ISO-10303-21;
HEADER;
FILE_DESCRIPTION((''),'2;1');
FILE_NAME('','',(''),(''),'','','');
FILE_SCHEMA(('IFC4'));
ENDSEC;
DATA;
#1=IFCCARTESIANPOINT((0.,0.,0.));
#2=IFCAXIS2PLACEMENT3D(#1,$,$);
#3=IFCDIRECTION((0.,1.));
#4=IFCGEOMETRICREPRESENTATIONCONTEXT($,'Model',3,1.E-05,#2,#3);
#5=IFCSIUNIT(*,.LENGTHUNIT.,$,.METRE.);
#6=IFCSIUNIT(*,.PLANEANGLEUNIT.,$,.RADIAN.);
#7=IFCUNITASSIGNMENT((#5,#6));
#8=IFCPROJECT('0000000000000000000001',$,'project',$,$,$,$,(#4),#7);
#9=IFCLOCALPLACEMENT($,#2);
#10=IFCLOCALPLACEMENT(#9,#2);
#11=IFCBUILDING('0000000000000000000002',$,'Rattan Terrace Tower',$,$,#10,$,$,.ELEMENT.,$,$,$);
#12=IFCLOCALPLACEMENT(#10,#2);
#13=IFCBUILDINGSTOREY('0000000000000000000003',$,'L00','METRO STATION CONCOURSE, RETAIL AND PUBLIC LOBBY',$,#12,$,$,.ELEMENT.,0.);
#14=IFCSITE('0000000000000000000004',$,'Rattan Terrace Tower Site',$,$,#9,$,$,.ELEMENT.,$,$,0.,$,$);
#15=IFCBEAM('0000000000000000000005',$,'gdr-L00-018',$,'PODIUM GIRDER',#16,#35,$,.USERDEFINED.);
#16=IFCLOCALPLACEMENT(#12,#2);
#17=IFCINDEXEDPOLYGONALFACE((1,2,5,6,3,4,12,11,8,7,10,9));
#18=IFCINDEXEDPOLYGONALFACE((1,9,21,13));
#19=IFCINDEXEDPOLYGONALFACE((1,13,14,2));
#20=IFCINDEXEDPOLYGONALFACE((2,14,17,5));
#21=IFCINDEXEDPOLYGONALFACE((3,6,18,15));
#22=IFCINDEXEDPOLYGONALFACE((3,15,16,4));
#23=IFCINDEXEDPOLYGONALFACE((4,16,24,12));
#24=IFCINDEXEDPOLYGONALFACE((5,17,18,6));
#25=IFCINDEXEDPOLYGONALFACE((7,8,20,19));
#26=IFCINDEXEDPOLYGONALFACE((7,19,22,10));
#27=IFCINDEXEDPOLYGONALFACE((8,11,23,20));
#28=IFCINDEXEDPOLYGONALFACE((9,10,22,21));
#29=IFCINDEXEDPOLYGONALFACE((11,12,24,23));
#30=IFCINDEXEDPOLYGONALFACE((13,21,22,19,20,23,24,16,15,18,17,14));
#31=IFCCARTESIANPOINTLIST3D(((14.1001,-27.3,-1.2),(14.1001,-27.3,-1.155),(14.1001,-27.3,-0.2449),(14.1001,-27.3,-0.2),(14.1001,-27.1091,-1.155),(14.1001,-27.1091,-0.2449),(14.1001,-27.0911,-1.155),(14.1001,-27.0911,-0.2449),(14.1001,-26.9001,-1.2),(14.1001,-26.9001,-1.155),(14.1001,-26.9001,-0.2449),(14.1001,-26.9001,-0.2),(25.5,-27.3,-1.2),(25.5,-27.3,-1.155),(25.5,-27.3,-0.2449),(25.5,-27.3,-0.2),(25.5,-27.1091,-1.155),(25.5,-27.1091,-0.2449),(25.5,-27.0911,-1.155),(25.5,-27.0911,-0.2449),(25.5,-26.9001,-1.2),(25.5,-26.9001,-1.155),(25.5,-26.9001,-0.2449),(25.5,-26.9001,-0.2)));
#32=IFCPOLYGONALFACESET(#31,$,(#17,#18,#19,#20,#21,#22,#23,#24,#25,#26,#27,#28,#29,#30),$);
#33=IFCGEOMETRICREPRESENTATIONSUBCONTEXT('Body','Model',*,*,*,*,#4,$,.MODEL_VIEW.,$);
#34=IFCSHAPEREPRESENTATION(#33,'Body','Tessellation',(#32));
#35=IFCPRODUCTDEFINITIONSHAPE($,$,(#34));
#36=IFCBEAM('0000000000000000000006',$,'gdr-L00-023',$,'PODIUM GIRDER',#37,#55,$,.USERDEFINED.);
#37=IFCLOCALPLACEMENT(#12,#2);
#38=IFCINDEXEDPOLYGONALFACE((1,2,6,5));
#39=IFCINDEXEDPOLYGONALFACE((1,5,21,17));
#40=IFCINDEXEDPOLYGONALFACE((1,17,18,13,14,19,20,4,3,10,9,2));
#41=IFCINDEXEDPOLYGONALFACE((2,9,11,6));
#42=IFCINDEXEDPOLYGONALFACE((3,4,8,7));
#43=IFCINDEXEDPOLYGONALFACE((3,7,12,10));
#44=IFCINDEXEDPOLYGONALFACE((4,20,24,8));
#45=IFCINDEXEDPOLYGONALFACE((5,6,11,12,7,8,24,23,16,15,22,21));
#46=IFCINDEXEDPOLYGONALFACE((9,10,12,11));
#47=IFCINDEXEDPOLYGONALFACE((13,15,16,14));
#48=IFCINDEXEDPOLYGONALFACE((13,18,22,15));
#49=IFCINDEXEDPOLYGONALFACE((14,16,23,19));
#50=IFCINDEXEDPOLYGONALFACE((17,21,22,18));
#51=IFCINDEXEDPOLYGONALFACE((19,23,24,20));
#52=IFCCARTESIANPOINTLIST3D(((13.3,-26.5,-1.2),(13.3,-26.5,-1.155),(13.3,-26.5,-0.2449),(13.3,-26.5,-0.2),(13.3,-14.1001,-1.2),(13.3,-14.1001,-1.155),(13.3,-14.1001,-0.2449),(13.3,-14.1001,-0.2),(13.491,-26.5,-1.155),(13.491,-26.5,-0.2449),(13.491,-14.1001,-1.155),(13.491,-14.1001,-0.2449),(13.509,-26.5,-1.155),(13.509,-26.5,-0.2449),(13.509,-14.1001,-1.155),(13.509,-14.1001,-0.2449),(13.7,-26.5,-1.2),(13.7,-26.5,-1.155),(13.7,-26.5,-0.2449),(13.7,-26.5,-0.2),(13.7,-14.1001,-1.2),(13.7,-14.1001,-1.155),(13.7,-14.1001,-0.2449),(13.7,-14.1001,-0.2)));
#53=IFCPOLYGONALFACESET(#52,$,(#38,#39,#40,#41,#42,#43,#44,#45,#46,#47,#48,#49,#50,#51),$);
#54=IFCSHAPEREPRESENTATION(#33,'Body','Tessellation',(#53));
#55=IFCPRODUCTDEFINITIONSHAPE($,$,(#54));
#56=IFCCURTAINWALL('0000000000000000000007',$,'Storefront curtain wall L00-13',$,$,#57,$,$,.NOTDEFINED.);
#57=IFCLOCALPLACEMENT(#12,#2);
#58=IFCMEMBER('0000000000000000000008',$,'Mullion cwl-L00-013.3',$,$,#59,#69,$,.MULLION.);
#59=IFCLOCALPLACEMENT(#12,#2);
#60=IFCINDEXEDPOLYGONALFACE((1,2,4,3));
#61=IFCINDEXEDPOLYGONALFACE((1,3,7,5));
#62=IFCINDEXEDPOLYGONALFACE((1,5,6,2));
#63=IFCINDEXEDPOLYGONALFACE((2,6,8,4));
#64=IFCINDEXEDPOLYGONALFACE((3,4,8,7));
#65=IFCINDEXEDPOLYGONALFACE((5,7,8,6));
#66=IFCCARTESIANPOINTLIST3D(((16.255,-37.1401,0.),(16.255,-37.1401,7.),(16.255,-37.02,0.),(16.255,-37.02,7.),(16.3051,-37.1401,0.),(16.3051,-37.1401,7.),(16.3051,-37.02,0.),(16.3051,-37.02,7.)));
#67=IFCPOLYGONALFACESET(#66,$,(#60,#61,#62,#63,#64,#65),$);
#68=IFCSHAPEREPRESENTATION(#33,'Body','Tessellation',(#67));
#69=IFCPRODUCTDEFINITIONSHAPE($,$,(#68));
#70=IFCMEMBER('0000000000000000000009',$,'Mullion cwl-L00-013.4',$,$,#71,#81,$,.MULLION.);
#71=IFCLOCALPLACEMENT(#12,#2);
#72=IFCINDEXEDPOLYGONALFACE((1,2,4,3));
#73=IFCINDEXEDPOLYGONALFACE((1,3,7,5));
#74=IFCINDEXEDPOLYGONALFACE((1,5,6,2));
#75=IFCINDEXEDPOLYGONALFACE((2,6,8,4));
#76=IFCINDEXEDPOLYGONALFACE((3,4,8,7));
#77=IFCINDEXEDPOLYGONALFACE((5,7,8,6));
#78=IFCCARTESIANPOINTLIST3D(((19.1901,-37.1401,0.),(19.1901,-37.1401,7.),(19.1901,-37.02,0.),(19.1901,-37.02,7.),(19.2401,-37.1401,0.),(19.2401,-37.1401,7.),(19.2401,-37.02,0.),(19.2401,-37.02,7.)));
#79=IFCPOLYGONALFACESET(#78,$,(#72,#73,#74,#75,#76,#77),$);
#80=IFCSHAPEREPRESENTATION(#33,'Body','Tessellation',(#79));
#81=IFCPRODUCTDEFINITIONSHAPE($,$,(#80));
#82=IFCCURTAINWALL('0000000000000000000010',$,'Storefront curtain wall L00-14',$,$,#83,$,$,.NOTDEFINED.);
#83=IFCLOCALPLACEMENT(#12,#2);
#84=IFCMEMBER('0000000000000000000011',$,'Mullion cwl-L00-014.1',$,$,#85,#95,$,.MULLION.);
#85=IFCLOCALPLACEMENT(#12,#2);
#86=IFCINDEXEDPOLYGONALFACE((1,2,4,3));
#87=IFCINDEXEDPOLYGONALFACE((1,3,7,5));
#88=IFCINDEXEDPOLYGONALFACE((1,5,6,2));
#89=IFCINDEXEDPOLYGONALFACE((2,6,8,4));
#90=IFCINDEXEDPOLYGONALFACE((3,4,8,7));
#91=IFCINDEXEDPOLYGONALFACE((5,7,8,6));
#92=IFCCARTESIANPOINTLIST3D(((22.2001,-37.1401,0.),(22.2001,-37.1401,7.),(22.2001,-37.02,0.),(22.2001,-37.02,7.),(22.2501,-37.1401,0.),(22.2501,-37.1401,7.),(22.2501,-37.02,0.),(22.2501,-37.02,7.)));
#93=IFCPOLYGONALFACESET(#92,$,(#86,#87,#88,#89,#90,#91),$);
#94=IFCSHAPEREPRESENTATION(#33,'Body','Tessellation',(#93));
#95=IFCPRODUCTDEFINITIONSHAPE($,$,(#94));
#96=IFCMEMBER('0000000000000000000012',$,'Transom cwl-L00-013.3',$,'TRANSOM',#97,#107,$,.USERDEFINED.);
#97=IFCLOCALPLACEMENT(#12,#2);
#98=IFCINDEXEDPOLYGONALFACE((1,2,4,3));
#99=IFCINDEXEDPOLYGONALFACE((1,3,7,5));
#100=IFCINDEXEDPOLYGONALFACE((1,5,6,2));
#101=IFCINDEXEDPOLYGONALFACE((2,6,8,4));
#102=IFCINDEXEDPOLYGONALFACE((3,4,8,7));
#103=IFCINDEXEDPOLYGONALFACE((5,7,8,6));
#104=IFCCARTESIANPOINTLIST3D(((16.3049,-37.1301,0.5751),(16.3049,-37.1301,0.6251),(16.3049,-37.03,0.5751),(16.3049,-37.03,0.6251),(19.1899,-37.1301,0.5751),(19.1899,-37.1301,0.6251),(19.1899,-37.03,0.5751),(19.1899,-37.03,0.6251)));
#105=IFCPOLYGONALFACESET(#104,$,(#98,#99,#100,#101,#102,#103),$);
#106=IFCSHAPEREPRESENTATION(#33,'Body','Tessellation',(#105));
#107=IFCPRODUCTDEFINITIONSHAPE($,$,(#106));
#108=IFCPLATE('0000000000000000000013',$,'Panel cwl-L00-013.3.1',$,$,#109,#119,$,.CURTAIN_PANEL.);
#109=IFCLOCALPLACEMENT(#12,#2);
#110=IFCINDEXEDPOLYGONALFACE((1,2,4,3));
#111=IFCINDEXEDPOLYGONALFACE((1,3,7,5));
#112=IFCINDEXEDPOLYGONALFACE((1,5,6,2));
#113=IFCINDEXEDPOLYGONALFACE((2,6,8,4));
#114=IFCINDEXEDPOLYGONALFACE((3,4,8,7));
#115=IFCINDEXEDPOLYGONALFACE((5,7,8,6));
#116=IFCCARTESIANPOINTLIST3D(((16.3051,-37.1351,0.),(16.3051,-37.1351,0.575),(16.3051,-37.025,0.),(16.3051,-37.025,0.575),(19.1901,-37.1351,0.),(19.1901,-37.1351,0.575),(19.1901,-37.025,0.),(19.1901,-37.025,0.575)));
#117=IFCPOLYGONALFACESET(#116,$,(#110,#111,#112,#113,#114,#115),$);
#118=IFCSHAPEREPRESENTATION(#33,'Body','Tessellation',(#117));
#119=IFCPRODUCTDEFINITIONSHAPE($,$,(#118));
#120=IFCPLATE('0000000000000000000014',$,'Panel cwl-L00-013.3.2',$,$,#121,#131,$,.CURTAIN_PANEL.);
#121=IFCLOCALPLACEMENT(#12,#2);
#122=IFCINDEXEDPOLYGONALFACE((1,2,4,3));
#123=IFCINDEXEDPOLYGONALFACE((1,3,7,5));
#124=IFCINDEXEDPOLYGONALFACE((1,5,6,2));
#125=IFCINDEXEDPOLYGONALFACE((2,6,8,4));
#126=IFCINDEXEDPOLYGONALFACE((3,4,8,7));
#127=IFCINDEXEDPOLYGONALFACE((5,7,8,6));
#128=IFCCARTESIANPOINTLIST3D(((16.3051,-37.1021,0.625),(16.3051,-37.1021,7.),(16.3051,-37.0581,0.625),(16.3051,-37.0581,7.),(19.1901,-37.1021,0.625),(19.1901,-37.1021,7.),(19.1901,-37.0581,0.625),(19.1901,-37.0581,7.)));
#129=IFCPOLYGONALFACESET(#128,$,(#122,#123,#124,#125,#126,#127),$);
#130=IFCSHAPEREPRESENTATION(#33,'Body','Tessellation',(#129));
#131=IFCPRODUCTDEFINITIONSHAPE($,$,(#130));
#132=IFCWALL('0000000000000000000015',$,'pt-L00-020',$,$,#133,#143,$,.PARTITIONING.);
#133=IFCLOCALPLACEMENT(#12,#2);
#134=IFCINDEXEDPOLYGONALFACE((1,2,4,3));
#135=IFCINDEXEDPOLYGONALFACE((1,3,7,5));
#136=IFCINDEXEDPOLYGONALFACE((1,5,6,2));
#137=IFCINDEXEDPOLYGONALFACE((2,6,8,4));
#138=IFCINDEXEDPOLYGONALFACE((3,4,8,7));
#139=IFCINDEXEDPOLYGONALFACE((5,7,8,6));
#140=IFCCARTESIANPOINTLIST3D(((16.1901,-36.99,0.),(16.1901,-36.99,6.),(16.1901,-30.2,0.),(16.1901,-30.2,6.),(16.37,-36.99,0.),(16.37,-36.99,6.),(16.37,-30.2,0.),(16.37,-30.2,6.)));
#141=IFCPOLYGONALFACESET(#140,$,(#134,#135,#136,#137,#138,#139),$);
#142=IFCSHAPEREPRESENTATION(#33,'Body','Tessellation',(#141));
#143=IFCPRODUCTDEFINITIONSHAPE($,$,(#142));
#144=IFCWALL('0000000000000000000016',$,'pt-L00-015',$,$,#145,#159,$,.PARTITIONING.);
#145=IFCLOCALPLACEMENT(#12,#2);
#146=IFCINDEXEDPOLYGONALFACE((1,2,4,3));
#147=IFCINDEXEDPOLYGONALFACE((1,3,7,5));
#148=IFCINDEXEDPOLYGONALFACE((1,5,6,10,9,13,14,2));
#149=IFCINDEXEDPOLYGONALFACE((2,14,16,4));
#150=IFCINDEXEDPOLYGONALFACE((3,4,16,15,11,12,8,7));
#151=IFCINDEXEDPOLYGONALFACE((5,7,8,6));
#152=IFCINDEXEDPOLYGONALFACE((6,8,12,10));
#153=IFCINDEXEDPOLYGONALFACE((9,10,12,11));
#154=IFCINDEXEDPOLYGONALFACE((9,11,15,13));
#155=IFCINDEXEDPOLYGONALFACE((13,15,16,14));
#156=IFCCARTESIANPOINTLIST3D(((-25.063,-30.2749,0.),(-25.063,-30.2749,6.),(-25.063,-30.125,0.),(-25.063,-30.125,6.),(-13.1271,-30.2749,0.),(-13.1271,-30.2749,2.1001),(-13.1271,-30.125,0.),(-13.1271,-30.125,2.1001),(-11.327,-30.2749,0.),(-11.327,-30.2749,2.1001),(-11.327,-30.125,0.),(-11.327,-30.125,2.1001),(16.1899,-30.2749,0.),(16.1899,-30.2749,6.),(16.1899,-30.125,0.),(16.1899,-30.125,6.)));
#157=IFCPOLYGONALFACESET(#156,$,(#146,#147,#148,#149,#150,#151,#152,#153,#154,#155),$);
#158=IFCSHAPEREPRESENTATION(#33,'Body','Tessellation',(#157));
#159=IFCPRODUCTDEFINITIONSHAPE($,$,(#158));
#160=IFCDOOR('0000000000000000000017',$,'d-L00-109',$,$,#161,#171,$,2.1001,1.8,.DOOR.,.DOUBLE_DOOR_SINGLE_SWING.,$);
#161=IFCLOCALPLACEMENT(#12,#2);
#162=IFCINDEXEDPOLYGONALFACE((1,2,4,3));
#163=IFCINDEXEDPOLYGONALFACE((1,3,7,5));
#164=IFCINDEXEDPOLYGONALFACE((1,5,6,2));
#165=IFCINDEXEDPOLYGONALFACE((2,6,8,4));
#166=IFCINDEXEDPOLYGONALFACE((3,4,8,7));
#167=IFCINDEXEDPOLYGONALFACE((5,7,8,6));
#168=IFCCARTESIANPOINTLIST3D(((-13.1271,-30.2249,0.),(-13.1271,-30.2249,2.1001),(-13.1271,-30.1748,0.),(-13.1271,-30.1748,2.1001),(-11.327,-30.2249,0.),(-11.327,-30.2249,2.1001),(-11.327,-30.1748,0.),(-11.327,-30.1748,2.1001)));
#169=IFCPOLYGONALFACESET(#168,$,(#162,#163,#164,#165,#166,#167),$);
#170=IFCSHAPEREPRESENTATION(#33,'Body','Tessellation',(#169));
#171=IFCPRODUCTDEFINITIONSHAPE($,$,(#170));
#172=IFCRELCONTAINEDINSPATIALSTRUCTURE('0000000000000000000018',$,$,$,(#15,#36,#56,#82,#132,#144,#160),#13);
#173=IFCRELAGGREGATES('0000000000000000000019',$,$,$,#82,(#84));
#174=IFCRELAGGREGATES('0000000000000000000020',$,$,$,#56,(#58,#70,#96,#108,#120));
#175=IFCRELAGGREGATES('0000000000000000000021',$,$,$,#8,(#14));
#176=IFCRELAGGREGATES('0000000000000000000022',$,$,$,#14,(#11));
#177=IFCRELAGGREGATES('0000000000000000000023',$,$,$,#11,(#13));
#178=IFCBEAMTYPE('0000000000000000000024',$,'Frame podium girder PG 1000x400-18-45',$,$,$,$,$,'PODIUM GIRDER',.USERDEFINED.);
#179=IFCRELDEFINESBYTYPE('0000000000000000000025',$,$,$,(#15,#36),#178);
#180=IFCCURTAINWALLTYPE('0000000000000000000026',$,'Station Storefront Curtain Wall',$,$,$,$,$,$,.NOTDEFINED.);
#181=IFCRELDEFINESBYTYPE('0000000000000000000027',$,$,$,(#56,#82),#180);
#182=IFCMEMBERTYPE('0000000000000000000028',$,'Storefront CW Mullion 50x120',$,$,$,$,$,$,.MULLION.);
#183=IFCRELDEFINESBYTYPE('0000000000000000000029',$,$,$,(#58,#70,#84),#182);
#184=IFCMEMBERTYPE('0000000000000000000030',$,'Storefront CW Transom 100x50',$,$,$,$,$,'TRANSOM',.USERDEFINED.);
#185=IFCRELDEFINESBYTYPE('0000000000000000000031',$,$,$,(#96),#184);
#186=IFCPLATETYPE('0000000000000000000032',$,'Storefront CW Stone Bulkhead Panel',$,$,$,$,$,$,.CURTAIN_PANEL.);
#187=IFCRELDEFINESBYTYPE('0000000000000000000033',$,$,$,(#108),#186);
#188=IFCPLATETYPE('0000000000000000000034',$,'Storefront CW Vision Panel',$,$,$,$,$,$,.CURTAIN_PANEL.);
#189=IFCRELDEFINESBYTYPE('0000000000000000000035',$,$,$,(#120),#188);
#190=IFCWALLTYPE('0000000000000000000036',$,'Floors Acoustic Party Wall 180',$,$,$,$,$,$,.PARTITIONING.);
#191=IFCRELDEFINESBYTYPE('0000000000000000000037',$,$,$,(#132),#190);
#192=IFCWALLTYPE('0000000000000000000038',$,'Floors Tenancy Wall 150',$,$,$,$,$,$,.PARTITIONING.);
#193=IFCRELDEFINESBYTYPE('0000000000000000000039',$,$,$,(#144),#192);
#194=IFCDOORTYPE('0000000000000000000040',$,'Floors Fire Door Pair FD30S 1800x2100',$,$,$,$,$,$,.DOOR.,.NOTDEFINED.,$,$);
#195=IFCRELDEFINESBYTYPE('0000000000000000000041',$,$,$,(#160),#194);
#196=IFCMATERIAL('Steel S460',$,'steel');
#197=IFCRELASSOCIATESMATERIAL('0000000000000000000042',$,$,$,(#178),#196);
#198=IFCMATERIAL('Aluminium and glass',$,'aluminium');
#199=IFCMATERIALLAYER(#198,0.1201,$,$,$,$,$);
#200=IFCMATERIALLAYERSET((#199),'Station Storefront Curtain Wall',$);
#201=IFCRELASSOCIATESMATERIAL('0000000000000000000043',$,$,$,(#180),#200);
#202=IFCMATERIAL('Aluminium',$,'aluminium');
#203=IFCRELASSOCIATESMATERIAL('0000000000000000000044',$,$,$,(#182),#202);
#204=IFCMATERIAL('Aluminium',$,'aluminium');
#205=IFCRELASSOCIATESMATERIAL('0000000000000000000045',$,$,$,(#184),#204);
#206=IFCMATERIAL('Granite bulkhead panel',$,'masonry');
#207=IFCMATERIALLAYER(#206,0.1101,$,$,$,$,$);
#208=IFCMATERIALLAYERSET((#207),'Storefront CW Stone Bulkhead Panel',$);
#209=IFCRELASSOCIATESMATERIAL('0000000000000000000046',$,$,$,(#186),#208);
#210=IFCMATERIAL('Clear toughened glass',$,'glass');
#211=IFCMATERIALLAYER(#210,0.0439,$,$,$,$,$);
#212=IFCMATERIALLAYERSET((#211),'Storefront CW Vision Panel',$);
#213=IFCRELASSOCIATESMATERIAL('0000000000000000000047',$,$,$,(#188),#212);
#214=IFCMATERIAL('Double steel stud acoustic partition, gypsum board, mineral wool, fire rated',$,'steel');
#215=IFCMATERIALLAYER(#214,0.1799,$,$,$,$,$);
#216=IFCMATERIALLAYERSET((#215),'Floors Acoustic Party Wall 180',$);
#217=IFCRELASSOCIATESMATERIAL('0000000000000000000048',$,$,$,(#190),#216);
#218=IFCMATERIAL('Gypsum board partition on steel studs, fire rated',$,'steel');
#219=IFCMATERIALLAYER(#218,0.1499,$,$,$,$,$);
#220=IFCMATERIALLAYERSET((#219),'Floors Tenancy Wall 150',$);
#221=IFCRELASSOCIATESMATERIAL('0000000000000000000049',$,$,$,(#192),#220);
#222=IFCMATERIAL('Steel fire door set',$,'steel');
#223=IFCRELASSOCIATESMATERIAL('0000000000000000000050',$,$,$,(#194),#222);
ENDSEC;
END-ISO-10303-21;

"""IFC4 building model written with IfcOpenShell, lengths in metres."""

from ifc_helpers import new_model, si_unit, direction, frame, frame_2d, origin, origin_2d, place, context, subcontext, project, spatial, rectangle, i_section, extrude, material, layer, layer_set, material_profile, profile_set, type_object, element, fill, aggregate, save


model = new_model("IFC4")

# Units and contexts
model_context = context("Model", 3, precision=1e-05, world=origin(), true_north=direction((0.0, 1.0)))
body_context = subcontext(model_context, "Body", "Model", "MODEL_VIEW")
ifc_project = project(units=[si_unit("LENGTHUNIT", "METRE"), si_unit("PLANEANGLEUNIT", "RADIAN")], contexts=[model_context])

# Site, building, storey
site_placement = place(None, origin())
site = spatial("IfcSite", under=ifc_project, at=site_placement, Name="Rattan Terrace Tower Site", CompositionType="ELEMENT", RefElevation=0.0)
building_placement = place(site_placement, origin())
building = spatial("IfcBuilding", under=site, at=building_placement, Name="Rattan Terrace Tower", CompositionType="ELEMENT")
storey_placement = place(building_placement, origin())
storey = spatial("IfcBuildingStorey", under=building, at=storey_placement, Name="L00", Description="METRO STATION CONCOURSE, RETAIL AND PUBLIC LOBBY", CompositionType="ELEMENT", Elevation=0.0)

# Beams
ifc_material_1 = material(Name="Steel S460", Category="steel")
ifc_material_profile_1 = material_profile(ifc_material_1, i_section(OverallWidth=0.3999, OverallDepth=1.0, WebThickness=0.0181, FlangeThickness=0.0449, at=origin_2d()), Name="PG 1000x400-18-45")
ifc_profile_set_1 = profile_set([ifc_material_profile_1], Name="Steel S460")
beam_type_1 = type_object("IfcBeamType", Name="Frame podium girder PG 1000x400-18-45", ElementType="PODIUM GIRDER", PredefinedType="USERDEFINED", material=ifc_profile_set_1)
beam_1_placement = place(storey_placement, frame((14.1001, -27.1001, -0.7), z_axis=(1.0, 0.0, 0.0), x_axis=(0.0, 1.0, 0.0)))
element("IfcBeam", 1, at=beam_1_placement, inside=storey, type_object=beam_type_1, Name="gdr-L00-018", ObjectType="PODIUM GIRDER", PredefinedType="USERDEFINED", context=body_context, shape_type="SweptSolid", body=[
    extrude(i_section(OverallWidth=0.3999, OverallDepth=1.0, WebThickness=0.0181, FlangeThickness=0.0449, at=origin_2d()), origin(), (0.0, 0.0, 1.0), 11.3999),
])
beam_2_placement = place(storey_placement, frame((13.5, -26.5, -0.7), z_axis=(0.0, 1.0, 0.0), x_axis=(-1.0, 0.0, 0.0)))
element("IfcBeam", 2, at=beam_2_placement, inside=storey, type_object=beam_type_1, Name="gdr-L00-023", ObjectType="PODIUM GIRDER", PredefinedType="USERDEFINED", context=body_context, shape_type="SweptSolid", body=[
    extrude(i_section(OverallWidth=0.3999, OverallDepth=1.0, WebThickness=0.0181, FlangeThickness=0.0449, at=origin_2d()), origin(), (0.0, 0.0, 1.0), 12.3999),
])

# Curtain wall, members
ifc_material_2 = material(Name="Aluminium and glass", Category="aluminium")
ifc_layer_1 = layer(ifc_material_2, 0.1201)
ifc_layer_set_1 = layer_set([ifc_layer_1], Name="Station Storefront Curtain Wall")
curtain_wall_type = type_object("IfcCurtainWallType", Name="Station Storefront Curtain Wall", PredefinedType="NOTDEFINED", material=ifc_layer_set_1)
curtain_wall_1_placement = place(storey_placement, origin())
curtain_wall_1 = element("IfcCurtainWall", 3, at=curtain_wall_1_placement, inside=storey, type_object=curtain_wall_type, Name="Storefront curtain wall L00-13", PredefinedType="NOTDEFINED")
ifc_material_3 = material(Name="Aluminium", Category="aluminium")
ifc_material_profile_2 = material_profile(ifc_material_3, rectangle(XDim=0.05, YDim=0.1201, at=origin_2d()), Name="Aluminium 50x120")
ifc_profile_set_2 = profile_set([ifc_material_profile_2], Name="Aluminium")
member_type_1 = type_object("IfcMemberType", Name="Storefront CW Mullion 50x120", PredefinedType="MULLION", material=ifc_profile_set_2)
member_1_placement = place(storey_placement, frame((16.28, -37.0801, 0.0), z_axis=(0.0, 0.0, 1.0), x_axis=(1.0, 0.0, 0.0)))
member_1 = element("IfcMember", 4, at=member_1_placement, type_object=member_type_1, Name="Mullion cwl-L00-013.3", PredefinedType="MULLION", context=body_context, shape_type="SweptSolid", body=[
    extrude(rectangle(XDim=0.05, YDim=0.1201, at=origin_2d()), origin(), (0.0, 0.0, 1.0), 7.0),
])
member_2_placement = place(storey_placement, frame((19.2151, -37.0801, 0.0), z_axis=(0.0, 0.0, 1.0), x_axis=(1.0, 0.0, 0.0)))
member_2 = element("IfcMember", 5, at=member_2_placement, type_object=member_type_1, Name="Mullion cwl-L00-013.4", PredefinedType="MULLION", context=body_context, shape_type="SweptSolid", body=[
    extrude(rectangle(XDim=0.05, YDim=0.1201, at=origin_2d()), origin(), (0.0, 0.0, 1.0), 7.0),
])

# Curtain wall, member
curtain_wall_2_placement = place(storey_placement, origin())
curtain_wall_2 = element("IfcCurtainWall", 6, at=curtain_wall_2_placement, inside=storey, type_object=curtain_wall_type, Name="Storefront curtain wall L00-14", PredefinedType="NOTDEFINED")
member_3_placement = place(storey_placement, frame((22.2251, -37.0801, 0.0), z_axis=(0.0, 0.0, 1.0), x_axis=(1.0, 0.0, 0.0)))
member_3 = element("IfcMember", 7, at=member_3_placement, type_object=member_type_1, Name="Mullion cwl-L00-014.1", PredefinedType="MULLION", context=body_context, shape_type="SweptSolid", body=[
    extrude(rectangle(XDim=0.05, YDim=0.1201, at=origin_2d()), origin(), (0.0, 0.0, 1.0), 7.0),
])
aggregate(curtain_wall_2, [member_3])

# Member
ifc_material_4 = material(Name="Aluminium", Category="aluminium")
ifc_material_profile_3 = material_profile(ifc_material_4, rectangle(XDim=0.1001, YDim=0.05, at=origin_2d()), Name="Aluminium 100x50")
ifc_profile_set_3 = profile_set([ifc_material_profile_3], Name="Aluminium")
member_type_2 = type_object("IfcMemberType", Name="Storefront CW Transom 100x50", ElementType="TRANSOM", PredefinedType="USERDEFINED", material=ifc_profile_set_3)
member_4_placement = place(storey_placement, frame((16.3049, -37.0801, 0.6001), z_axis=(1.0, 0.0, 0.0), x_axis=(0.0, 1.0, 0.0)))
member_4 = element("IfcMember", 8, at=member_4_placement, type_object=member_type_2, Name="Transom cwl-L00-013.3", ObjectType="TRANSOM", PredefinedType="USERDEFINED", context=body_context, shape_type="SweptSolid", body=[
    extrude(rectangle(XDim=0.1001, YDim=0.05, at=origin_2d()), origin(), (0.0, 0.0, 1.0), 2.885),
])

# Plates
ifc_material_5 = material(Name="Granite bulkhead panel", Category="masonry")
ifc_layer_2 = layer(ifc_material_5, 0.1101)
ifc_layer_set_2 = layer_set([ifc_layer_2], Name="Storefront CW Stone Bulkhead Panel")
plate_type_1 = type_object("IfcPlateType", Name="Storefront CW Stone Bulkhead Panel", PredefinedType="CURTAIN_PANEL", material=ifc_layer_set_2)
plate_1_placement = place(storey_placement, frame((17.7476, -37.0801, 0.0), z_axis=(0.0, 0.0, 1.0), x_axis=(1.0, 0.0, 0.0)))
plate_1 = element("IfcPlate", 9, at=plate_1_placement, type_object=plate_type_1, Name="Panel cwl-L00-013.3.1", PredefinedType="CURTAIN_PANEL", context=body_context, shape_type="SweptSolid", body=[
    extrude(rectangle(XDim=2.885, YDim=0.1101, at=origin_2d()), origin(), (0.0, 0.0, 1.0), 0.575),
])
ifc_material_6 = material(Name="Clear toughened glass", Category="glass")
ifc_layer_3 = layer(ifc_material_6, 0.0439)
ifc_layer_set_3 = layer_set([ifc_layer_3], Name="Storefront CW Vision Panel")
plate_type_2 = type_object("IfcPlateType", Name="Storefront CW Vision Panel", PredefinedType="CURTAIN_PANEL", material=ifc_layer_set_3)
plate_2_placement = place(storey_placement, frame((17.7476, -37.0801, 0.625), z_axis=(0.0, 0.0, 1.0), x_axis=(1.0, 0.0, 0.0)))
plate_2 = element("IfcPlate", 10, at=plate_2_placement, type_object=plate_type_2, Name="Panel cwl-L00-013.3.2", PredefinedType="CURTAIN_PANEL", context=body_context, shape_type="SweptSolid", body=[
    extrude(rectangle(XDim=2.885, YDim=0.0439, at=origin_2d()), origin(), (0.0, 0.0, 1.0), 6.375),
])
aggregate(curtain_wall_1, [member_1, member_2, member_4, plate_1, plate_2])

# Wall
ifc_material_7 = material(Name="Double steel stud acoustic partition, gypsum board, mineral wool, fire rated", Category="steel")
ifc_layer_4 = layer(ifc_material_7, 0.1799)
ifc_layer_set_4 = layer_set([ifc_layer_4], Name="Floors Acoustic Party Wall 180")
wall_type_1 = type_object("IfcWallType", Name="Floors Acoustic Party Wall 180", PredefinedType="PARTITIONING", material=ifc_layer_set_4)
wall_1_placement = place(storey_placement, frame((16.28, -30.2, 0.0), z_axis=(0.0, 0.0, 1.0), x_axis=(0.0, -1.0, 0.0)))
element("IfcWall", 11, at=wall_1_placement, inside=storey, type_object=wall_type_1, Name="pt-L00-020", PredefinedType="PARTITIONING", context=body_context, shape_type="SweptSolid", body=[
    extrude(rectangle(XDim=6.79, YDim=0.1799, at=frame_2d((3.395, 0.0))), origin(), (0.0, 0.0, 1.0), 6.0),
])

# Wall, opening, door
ifc_material_8 = material(Name="Gypsum board partition on steel studs, fire rated", Category="steel")
ifc_layer_5 = layer(ifc_material_8, 0.1499)
ifc_layer_set_5 = layer_set([ifc_layer_5], Name="Floors Tenancy Wall 150")
wall_type_2 = type_object("IfcWallType", Name="Floors Tenancy Wall 150", PredefinedType="PARTITIONING", material=ifc_layer_set_5)
wall_2_placement = place(storey_placement, frame((16.1899, -30.2, 0.0), z_axis=(0.0, 0.0, 1.0), x_axis=(-1.0, 0.0, 0.0)))
wall_2 = element("IfcWall", 12, at=wall_2_placement, inside=storey, type_object=wall_type_2, Name="pt-L00-015", PredefinedType="PARTITIONING", context=body_context, shape_type="SweptSolid", body=[
    extrude(rectangle(XDim=41.2529, YDim=0.1499, at=frame_2d((20.6265, 0.0))), origin(), (0.0, 0.0, 1.0), 6.0),
])
opening_1_placement = place(wall_2_placement, frame((27.5171, 0.0, 0.0)))
opening_1 = element("IfcOpeningElement", 13, at=opening_1_placement, cuts=wall_2, PredefinedType="OPENING", context=body_context, shape_type="SweptSolid", body=[
    extrude(rectangle(XDim=1.8, YDim=2.1001, at=frame_2d((0.8999, 1.05))), frame((0.0, 0.0854, 0.0), z_axis=(0.0, -1.0, 0.0), x_axis=(1.0, 0.0, 0.0)), (0.0, 0.0, 1.0), 0.1709),
])
ifc_material_9 = material(Name="Steel fire door set", Category="steel")
door_type_1 = type_object("IfcDoorType", Name="Floors Fire Door Pair FD30S 1800x2100", OperationType="NOTDEFINED", PredefinedType="DOOR", material=ifc_material_9)
door_1_placement = place(opening_1_placement, origin())
door_1 = element("IfcDoor", 14, at=door_1_placement, inside=storey, type_object=door_type_1, Name="d-L00-109", OperationType="DOUBLE_DOOR_SINGLE_SWING", OverallHeight=2.1001, OverallWidth=1.8, PredefinedType="DOOR", context=body_context, shape_type="SweptSolid", body=[
    extrude(rectangle(XDim=1.8, YDim=2.1001, at=frame_2d((0.8999, 1.05))), frame((0.0, 0.0249, 0.0), z_axis=(0.0, -1.0, 0.0), x_axis=(1.0, 0.0, 0.0)), (0.0, 0.0, 1.0), 0.05),
])
fill(opening_1, door_1)

save(model, "model.ifc")
